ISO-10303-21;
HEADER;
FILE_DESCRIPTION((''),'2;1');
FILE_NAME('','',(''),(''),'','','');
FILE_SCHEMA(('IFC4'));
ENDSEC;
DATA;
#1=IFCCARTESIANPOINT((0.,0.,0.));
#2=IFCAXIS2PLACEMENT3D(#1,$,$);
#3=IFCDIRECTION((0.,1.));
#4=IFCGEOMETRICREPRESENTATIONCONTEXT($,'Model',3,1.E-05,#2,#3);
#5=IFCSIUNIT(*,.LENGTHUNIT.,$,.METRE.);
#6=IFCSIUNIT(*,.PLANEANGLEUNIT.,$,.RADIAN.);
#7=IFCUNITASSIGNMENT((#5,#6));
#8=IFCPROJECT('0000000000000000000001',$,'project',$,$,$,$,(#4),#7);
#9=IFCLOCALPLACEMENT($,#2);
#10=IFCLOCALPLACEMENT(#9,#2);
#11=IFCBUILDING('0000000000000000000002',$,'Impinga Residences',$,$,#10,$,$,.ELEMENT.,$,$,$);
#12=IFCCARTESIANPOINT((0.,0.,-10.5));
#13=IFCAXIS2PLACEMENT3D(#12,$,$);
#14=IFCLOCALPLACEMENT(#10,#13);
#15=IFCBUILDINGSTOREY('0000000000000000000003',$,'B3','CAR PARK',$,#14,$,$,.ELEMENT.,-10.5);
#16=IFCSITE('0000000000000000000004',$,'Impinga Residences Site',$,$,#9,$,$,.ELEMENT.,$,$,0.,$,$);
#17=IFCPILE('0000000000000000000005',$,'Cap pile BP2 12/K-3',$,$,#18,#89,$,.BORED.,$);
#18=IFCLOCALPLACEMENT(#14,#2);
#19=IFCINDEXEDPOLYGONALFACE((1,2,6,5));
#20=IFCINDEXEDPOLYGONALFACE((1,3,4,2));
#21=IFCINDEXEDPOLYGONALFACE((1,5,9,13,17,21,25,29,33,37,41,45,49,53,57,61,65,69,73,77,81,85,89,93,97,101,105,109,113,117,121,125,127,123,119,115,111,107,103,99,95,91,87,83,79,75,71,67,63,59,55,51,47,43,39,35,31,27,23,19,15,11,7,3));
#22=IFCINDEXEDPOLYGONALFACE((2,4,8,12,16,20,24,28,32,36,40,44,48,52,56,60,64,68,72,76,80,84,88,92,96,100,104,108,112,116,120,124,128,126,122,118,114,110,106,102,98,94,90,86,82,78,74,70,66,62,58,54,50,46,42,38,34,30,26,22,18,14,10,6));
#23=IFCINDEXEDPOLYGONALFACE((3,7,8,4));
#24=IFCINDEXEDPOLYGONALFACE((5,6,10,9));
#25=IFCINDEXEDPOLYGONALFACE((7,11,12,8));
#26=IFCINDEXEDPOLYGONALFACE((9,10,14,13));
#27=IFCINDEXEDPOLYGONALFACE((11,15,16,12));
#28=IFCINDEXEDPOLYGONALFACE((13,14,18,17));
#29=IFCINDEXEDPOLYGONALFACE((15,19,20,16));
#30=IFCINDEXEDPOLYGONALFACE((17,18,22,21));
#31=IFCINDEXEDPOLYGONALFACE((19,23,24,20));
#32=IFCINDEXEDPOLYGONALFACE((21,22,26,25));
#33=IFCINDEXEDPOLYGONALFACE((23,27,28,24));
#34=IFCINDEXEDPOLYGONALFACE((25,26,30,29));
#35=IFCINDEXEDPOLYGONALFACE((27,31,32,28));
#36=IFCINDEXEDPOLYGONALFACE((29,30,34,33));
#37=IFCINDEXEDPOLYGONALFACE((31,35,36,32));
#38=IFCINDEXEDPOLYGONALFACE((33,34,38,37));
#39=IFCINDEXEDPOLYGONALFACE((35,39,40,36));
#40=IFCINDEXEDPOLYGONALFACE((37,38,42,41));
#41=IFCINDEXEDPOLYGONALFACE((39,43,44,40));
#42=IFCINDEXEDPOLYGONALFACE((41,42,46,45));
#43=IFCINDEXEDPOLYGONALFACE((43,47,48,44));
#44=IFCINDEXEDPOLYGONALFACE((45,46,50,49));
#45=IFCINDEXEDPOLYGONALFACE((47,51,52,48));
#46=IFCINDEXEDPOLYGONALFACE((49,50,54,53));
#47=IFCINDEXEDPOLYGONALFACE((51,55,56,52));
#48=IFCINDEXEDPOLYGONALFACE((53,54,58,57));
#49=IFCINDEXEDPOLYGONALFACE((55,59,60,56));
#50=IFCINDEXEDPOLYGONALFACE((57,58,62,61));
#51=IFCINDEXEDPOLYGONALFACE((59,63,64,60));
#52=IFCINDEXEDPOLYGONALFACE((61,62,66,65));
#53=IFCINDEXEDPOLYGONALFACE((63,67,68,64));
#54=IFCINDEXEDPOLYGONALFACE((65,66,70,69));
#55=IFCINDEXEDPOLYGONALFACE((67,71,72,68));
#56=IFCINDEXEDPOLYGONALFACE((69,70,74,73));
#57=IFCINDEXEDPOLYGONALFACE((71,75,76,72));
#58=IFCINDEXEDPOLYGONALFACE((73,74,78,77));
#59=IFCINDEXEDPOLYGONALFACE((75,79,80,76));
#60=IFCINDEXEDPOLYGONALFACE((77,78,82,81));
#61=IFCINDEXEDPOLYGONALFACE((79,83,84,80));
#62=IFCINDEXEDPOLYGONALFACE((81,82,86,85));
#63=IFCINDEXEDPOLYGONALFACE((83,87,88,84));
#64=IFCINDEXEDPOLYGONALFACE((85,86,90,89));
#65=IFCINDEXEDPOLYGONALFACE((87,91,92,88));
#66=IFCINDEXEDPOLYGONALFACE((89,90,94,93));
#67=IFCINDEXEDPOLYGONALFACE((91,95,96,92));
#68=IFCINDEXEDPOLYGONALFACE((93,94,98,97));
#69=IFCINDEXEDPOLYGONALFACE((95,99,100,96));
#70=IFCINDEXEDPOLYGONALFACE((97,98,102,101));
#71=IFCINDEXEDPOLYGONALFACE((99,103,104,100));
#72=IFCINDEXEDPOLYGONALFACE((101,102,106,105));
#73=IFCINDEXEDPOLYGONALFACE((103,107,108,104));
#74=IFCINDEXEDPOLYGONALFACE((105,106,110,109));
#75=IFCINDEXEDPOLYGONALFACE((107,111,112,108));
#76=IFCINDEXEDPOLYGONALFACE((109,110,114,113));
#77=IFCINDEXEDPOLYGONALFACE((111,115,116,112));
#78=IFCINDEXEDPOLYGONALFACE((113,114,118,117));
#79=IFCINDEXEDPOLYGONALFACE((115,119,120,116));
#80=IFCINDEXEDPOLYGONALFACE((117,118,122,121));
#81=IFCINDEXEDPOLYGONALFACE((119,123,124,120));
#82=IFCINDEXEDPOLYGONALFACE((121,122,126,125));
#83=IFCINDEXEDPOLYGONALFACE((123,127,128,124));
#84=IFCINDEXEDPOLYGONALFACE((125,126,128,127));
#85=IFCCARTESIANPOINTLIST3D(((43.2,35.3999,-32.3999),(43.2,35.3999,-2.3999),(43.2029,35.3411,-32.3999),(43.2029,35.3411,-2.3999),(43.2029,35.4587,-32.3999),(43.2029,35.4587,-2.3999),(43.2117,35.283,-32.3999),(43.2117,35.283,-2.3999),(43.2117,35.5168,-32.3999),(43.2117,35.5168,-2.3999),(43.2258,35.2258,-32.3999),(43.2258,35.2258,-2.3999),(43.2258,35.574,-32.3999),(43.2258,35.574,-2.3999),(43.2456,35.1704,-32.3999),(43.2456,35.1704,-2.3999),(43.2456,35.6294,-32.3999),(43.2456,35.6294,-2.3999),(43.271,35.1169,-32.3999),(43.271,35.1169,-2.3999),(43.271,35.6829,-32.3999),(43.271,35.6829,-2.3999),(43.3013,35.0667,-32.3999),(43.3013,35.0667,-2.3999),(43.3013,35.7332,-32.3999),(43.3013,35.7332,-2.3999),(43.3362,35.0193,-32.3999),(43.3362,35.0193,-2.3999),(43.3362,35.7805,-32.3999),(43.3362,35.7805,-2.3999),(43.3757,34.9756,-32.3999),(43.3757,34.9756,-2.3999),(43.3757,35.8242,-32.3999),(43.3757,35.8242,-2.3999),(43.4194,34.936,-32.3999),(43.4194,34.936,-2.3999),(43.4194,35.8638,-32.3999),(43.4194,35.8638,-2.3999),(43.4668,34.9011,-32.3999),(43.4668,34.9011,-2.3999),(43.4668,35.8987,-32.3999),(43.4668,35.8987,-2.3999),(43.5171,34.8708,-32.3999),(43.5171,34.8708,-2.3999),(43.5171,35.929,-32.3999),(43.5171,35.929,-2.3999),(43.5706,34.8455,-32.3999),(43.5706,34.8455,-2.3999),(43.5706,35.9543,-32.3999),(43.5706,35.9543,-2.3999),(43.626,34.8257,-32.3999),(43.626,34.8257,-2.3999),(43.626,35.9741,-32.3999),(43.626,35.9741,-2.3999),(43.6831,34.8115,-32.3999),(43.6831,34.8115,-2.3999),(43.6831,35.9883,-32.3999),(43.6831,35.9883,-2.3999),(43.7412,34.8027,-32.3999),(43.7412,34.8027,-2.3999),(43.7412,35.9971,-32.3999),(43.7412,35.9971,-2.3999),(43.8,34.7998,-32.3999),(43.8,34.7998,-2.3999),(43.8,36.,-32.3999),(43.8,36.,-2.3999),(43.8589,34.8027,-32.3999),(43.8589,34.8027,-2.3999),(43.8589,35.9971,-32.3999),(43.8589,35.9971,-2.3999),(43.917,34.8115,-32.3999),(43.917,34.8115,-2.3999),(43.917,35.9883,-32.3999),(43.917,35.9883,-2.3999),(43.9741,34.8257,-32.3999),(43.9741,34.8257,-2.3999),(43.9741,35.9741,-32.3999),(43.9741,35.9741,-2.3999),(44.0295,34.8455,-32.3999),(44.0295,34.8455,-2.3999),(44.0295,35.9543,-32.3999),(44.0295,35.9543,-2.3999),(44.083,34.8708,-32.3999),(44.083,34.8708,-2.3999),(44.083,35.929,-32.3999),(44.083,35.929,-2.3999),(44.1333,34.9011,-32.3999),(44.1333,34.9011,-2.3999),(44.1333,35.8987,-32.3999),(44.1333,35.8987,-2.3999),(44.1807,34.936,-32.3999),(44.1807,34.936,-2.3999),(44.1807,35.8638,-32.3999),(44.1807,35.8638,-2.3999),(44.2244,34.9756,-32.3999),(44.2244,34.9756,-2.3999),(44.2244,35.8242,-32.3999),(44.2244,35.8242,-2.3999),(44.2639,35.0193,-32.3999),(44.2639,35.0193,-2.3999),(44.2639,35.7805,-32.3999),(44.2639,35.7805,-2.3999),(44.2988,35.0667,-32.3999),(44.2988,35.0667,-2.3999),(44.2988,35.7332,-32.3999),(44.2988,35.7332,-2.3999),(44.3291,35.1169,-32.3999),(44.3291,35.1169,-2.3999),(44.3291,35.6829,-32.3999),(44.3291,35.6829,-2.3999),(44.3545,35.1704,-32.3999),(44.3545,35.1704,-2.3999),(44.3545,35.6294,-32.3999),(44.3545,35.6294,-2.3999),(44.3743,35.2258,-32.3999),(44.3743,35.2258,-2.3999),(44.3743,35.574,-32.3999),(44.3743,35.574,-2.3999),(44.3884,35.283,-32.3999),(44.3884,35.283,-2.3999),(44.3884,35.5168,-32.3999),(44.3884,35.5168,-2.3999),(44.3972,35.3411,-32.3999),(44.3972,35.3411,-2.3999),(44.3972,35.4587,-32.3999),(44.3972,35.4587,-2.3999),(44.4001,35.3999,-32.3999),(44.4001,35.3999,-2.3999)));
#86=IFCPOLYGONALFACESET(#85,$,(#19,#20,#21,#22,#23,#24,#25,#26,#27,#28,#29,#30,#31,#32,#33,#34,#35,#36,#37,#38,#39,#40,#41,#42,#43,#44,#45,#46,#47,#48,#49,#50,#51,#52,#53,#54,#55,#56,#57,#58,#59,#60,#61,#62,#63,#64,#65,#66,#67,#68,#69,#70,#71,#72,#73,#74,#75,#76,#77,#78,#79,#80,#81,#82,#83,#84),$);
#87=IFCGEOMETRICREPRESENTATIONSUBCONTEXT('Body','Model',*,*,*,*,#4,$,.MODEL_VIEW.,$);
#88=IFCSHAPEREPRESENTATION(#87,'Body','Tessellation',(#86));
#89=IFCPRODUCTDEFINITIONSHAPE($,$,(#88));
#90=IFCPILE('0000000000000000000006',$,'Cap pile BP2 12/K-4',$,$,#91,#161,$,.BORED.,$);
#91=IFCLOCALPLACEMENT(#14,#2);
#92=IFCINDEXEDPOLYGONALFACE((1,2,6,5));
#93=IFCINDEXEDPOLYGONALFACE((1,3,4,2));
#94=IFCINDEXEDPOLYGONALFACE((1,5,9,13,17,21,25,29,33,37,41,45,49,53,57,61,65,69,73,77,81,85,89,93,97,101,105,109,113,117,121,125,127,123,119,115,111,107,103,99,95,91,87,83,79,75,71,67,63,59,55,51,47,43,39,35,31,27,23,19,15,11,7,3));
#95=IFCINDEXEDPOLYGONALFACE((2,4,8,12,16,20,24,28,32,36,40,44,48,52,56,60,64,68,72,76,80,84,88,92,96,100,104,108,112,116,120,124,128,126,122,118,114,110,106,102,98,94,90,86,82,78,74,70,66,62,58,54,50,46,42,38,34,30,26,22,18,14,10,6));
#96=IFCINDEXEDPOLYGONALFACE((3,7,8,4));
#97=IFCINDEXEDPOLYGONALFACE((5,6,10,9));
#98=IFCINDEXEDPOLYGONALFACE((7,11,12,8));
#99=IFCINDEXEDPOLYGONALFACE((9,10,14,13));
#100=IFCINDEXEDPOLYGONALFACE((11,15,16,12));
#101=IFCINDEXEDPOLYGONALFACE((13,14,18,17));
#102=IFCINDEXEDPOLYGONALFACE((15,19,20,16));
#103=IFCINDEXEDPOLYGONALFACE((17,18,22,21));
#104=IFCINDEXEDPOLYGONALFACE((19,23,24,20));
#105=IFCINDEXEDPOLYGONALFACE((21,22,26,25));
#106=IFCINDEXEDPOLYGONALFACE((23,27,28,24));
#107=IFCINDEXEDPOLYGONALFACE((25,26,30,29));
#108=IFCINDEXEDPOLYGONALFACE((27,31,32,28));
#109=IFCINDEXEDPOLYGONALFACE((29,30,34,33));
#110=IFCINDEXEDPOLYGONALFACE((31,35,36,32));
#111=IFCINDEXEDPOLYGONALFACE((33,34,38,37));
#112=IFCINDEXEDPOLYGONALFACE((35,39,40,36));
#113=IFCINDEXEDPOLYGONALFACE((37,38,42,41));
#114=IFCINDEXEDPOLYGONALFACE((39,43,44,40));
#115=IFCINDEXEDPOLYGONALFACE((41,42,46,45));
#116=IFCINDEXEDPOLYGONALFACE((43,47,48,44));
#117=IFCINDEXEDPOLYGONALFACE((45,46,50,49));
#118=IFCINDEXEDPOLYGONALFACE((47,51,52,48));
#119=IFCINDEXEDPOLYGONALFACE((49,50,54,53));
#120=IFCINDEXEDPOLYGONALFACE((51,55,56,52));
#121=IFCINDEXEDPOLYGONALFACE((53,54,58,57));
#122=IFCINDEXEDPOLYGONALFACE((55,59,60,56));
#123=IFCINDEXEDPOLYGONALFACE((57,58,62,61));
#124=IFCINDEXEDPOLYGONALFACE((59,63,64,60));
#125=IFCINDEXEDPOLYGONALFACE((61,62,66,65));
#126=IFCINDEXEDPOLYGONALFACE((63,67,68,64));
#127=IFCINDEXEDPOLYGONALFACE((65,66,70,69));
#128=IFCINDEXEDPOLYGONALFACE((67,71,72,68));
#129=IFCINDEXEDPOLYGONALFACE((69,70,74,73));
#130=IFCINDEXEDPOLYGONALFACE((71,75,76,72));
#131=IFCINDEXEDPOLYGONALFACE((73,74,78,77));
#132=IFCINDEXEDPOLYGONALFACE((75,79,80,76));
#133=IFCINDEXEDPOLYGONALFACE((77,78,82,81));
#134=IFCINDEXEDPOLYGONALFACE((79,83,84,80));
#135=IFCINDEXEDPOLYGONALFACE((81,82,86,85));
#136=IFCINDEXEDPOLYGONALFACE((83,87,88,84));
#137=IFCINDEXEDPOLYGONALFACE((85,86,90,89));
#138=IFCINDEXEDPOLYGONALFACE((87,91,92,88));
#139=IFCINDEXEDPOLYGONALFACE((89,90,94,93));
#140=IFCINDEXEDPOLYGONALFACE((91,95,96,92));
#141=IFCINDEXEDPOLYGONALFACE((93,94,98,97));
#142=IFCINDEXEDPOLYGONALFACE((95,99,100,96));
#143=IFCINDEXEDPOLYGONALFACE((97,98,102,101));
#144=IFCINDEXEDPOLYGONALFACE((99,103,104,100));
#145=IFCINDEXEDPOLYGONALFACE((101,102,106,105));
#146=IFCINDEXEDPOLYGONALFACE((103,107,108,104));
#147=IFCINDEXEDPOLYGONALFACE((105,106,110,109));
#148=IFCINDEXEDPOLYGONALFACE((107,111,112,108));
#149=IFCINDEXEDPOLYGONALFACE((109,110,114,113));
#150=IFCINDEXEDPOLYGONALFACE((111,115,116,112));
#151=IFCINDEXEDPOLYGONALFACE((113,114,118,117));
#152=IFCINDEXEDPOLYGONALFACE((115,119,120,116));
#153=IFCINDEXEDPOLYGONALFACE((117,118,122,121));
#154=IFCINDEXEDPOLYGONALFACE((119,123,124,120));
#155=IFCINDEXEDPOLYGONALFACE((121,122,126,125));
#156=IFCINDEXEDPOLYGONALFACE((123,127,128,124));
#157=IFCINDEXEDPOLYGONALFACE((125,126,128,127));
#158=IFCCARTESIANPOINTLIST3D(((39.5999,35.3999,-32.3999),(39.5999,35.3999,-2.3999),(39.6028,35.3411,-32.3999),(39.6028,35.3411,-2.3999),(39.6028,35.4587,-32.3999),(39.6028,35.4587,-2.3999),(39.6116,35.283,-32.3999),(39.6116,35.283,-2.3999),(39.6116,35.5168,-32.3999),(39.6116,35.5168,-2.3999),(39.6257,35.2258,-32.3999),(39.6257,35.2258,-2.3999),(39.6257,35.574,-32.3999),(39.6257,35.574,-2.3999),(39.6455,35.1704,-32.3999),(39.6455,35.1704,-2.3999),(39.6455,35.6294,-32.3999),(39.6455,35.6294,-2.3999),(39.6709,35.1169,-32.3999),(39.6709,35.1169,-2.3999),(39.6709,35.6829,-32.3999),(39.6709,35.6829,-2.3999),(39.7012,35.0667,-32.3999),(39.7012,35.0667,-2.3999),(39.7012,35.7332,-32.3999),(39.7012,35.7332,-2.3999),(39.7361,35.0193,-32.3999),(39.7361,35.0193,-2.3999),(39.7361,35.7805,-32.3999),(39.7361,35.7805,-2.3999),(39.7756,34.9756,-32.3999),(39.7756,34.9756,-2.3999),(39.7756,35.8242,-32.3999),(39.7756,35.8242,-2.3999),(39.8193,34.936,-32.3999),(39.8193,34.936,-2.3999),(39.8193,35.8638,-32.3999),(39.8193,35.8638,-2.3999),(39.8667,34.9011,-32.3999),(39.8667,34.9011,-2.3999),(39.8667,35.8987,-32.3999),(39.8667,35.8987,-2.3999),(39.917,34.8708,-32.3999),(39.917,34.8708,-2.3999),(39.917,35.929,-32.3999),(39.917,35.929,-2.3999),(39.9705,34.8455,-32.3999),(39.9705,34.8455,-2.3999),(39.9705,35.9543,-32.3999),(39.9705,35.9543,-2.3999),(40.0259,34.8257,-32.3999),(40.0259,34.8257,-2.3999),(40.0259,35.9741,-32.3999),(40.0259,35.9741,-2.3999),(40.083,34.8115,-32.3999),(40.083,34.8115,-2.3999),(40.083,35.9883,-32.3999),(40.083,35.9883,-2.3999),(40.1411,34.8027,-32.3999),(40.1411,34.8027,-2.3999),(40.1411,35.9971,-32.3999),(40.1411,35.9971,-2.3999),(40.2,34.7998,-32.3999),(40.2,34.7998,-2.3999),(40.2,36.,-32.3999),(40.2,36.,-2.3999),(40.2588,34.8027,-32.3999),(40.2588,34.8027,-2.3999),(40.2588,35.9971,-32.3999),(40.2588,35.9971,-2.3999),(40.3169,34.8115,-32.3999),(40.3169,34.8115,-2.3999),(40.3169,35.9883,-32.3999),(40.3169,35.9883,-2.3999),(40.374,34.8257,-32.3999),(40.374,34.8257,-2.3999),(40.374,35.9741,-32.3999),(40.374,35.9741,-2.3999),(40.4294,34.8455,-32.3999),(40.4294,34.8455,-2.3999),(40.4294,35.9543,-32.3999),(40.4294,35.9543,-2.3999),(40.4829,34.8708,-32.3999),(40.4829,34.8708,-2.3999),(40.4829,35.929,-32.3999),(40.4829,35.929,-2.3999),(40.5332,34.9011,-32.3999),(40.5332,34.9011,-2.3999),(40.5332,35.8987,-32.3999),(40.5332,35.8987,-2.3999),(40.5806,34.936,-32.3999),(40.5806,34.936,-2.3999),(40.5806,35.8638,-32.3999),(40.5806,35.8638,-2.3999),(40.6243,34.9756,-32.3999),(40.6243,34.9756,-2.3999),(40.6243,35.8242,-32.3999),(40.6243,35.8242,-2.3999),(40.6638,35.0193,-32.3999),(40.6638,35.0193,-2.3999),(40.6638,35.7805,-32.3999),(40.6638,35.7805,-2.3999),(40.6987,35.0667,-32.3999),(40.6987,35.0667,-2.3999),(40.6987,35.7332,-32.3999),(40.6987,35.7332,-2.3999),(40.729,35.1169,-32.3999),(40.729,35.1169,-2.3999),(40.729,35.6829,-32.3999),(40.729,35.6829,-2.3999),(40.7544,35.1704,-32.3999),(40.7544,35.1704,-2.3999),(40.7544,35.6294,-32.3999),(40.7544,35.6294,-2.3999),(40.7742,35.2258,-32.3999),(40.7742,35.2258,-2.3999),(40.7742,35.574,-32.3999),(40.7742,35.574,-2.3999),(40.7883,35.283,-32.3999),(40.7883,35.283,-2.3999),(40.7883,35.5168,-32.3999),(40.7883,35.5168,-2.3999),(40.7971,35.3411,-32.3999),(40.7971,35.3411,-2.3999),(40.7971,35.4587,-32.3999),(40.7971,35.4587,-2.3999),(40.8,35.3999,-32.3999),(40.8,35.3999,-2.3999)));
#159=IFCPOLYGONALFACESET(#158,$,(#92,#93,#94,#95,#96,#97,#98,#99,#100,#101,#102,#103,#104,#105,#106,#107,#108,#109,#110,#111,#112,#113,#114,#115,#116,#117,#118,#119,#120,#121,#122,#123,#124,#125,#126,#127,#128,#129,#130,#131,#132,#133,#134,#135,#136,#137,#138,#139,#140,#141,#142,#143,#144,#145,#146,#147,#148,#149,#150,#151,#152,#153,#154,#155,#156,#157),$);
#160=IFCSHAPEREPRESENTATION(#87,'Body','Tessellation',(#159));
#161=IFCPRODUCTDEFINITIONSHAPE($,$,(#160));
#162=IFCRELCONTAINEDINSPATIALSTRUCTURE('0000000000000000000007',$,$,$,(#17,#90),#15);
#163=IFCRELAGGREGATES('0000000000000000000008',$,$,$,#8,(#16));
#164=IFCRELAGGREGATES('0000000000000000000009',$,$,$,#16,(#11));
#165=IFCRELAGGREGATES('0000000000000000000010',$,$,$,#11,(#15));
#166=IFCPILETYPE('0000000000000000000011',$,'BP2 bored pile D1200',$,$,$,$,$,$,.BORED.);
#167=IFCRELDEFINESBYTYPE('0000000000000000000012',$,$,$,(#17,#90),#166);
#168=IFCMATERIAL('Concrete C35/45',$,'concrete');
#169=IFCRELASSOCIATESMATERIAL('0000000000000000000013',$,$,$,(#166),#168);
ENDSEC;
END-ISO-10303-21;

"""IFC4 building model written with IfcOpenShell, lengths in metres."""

from ifc_helpers import new_model, si_unit, direction, frame, origin, origin_2d, place, context, subcontext, project, spatial, polyline, circle, outline, extrude, material, material_profile, profile_set, type_object, element, save


model = new_model("IFC4")

# Units and contexts
model_context = context("Model", 3, precision=1e-05, world=origin(), true_north=direction((0.0, 1.0)))
body_context = subcontext(model_context, "Body", "Model", "MODEL_VIEW")
ifc_project = project(units=[si_unit("LENGTHUNIT", "METRE"), si_unit("PLANEANGLEUNIT", "RADIAN")], contexts=[model_context])

# Site, building, storey
site_placement = place(None, origin())
site = spatial("IfcSite", under=ifc_project, at=site_placement, Name="Impinga Residences Site", CompositionType="ELEMENT", RefElevation=0.0)
building_placement = place(site_placement, origin())
building = spatial("IfcBuilding", under=site, at=building_placement, Name="Impinga Residences", CompositionType="ELEMENT")
storey_placement = place(building_placement, frame((0.0, 0.0, -10.5)))
storey = spatial("IfcBuildingStorey", under=building, at=storey_placement, Name="B3", Description="CAR PARK", CompositionType="ELEMENT", Elevation=-10.5)

# Piles
ifc_material_1 = material(Name="Concrete C35/45", Category="concrete")
ifc_material_profile_1 = material_profile(ifc_material_1, circle(Radius=0.6001, at=origin_2d()), Name="D1200")
ifc_profile_set_1 = profile_set([ifc_material_profile_1], Name="Concrete C35/45")
pile_type = type_object("IfcPileType", Name="BP2 bored pile D1200", PredefinedType="BORED", material=ifc_profile_set_1)
pile_1_placement = place(storey_placement, frame((43.8, 35.3999, -2.3999), z_axis=(0.0, 0.0, -1.0), x_axis=(1.0, 0.0, 0.0)))
element("IfcPile", 1, at=pile_1_placement, inside=storey, type_object=pile_type, Name="Cap pile BP2 12/K-3", PredefinedType="BORED", context=body_context, shape_type="SweptSolid", body=[
    extrude(outline(polyline([(0.6001, 0.0), (0.5972, 0.0588), (0.5884, 0.1169), (0.5742, 0.1741), (0.5544, 0.2295), (0.5291, 0.283), (0.4988, 0.3333), (0.4639, 0.3806), (0.4243, 0.4243), (0.3806, 0.4639), (0.3333, 0.4988), (0.283, 0.5291), (0.2295, 0.5544), (0.1741, 0.5742), (0.1169, 0.5884), (0.0588, 0.5972), (0.0, 0.6001), (-0.0588, 0.5972), (-0.1169, 0.5884), (-0.1741, 0.5742), (-0.2295, 0.5544), (-0.283, 0.5291), (-0.3333, 0.4988), (-0.3806, 0.4639), (-0.4243, 0.4243), (-0.4639, 0.3806), (-0.4988, 0.3333), (-0.5291, 0.283), (-0.5544, 0.2295), (-0.5742, 0.1741), (-0.5884, 0.1169), (-0.5972, 0.0588), (-0.6001, 0.0), (-0.5972, -0.0588), (-0.5884, -0.1169), (-0.5742, -0.1741), (-0.5544, -0.2295), (-0.5291, -0.283), (-0.4988, -0.3333), (-0.4639, -0.3806), (-0.4243, -0.4243), (-0.3806, -0.4639), (-0.3333, -0.4988), (-0.283, -0.5291), (-0.2295, -0.5544), (-0.1741, -0.5742), (-0.1169, -0.5884), (-0.0588, -0.5972), (0.0, -0.6001), (0.0588, -0.5972), (0.1169, -0.5884), (0.1741, -0.5742), (0.2295, -0.5544), (0.283, -0.5291), (0.3333, -0.4988), (0.3806, -0.4639), (0.4243, -0.4243), (0.4639, -0.3806), (0.4988, -0.3333), (0.5291, -0.283), (0.5544, -0.2295), (0.5742, -0.1741), (0.5884, -0.1169), (0.5972, -0.0588), (0.6001, 0.0)])), origin(), (0.0, 0.0, 1.0), 30.0),
])
pile_2_placement = place(storey_placement, frame((40.2, 35.3999, -2.3999), z_axis=(0.0, 0.0, -1.0), x_axis=(1.0, 0.0, 0.0)))
element("IfcPile", 2, at=pile_2_placement, inside=storey, type_object=pile_type, Name="Cap pile BP2 12/K-4", PredefinedType="BORED", context=body_context, shape_type="SweptSolid", body=[
    extrude(outline(polyline([(0.6001, 0.0), (0.5972, 0.0588), (0.5884, 0.1169), (0.5742, 0.1741), (0.5544, 0.2295), (0.5291, 0.283), (0.4988, 0.3333), (0.4639, 0.3806), (0.4243, 0.4243), (0.3806, 0.4639), (0.3333, 0.4988), (0.283, 0.5291), (0.2295, 0.5544), (0.1741, 0.5742), (0.1169, 0.5884), (0.0588, 0.5972), (0.0, 0.6001), (-0.0588, 0.5972), (-0.1169, 0.5884), (-0.1741, 0.5742), (-0.2295, 0.5544), (-0.283, 0.5291), (-0.3333, 0.4988), (-0.3806, 0.4639), (-0.4243, 0.4243), (-0.4639, 0.3806), (-0.4988, 0.3333), (-0.5291, 0.283), (-0.5544, 0.2295), (-0.5742, 0.1741), (-0.5884, 0.1169), (-0.5972, 0.0588), (-0.6001, 0.0), (-0.5972, -0.0588), (-0.5884, -0.1169), (-0.5742, -0.1741), (-0.5544, -0.2295), (-0.5291, -0.283), (-0.4988, -0.3333), (-0.4639, -0.3806), (-0.4243, -0.4243), (-0.3806, -0.4639), (-0.3333, -0.4988), (-0.283, -0.5291), (-0.2295, -0.5544), (-0.1741, -0.5742), (-0.1169, -0.5884), (-0.0588, -0.5972), (0.0, -0.6001), (0.0588, -0.5972), (0.1169, -0.5884), (0.1741, -0.5742), (0.2295, -0.5544), (0.283, -0.5291), (0.3333, -0.4988), (0.3806, -0.4639), (0.4243, -0.4243), (0.4639, -0.3806), (0.4988, -0.3333), (0.5291, -0.283), (0.5544, -0.2295), (0.5742, -0.1741), (0.5884, -0.1169), (0.5972, -0.0588), (0.6001, 0.0)])), origin(), (0.0, 0.0, 1.0), 30.0),
])

save(model, "model.ifc")
